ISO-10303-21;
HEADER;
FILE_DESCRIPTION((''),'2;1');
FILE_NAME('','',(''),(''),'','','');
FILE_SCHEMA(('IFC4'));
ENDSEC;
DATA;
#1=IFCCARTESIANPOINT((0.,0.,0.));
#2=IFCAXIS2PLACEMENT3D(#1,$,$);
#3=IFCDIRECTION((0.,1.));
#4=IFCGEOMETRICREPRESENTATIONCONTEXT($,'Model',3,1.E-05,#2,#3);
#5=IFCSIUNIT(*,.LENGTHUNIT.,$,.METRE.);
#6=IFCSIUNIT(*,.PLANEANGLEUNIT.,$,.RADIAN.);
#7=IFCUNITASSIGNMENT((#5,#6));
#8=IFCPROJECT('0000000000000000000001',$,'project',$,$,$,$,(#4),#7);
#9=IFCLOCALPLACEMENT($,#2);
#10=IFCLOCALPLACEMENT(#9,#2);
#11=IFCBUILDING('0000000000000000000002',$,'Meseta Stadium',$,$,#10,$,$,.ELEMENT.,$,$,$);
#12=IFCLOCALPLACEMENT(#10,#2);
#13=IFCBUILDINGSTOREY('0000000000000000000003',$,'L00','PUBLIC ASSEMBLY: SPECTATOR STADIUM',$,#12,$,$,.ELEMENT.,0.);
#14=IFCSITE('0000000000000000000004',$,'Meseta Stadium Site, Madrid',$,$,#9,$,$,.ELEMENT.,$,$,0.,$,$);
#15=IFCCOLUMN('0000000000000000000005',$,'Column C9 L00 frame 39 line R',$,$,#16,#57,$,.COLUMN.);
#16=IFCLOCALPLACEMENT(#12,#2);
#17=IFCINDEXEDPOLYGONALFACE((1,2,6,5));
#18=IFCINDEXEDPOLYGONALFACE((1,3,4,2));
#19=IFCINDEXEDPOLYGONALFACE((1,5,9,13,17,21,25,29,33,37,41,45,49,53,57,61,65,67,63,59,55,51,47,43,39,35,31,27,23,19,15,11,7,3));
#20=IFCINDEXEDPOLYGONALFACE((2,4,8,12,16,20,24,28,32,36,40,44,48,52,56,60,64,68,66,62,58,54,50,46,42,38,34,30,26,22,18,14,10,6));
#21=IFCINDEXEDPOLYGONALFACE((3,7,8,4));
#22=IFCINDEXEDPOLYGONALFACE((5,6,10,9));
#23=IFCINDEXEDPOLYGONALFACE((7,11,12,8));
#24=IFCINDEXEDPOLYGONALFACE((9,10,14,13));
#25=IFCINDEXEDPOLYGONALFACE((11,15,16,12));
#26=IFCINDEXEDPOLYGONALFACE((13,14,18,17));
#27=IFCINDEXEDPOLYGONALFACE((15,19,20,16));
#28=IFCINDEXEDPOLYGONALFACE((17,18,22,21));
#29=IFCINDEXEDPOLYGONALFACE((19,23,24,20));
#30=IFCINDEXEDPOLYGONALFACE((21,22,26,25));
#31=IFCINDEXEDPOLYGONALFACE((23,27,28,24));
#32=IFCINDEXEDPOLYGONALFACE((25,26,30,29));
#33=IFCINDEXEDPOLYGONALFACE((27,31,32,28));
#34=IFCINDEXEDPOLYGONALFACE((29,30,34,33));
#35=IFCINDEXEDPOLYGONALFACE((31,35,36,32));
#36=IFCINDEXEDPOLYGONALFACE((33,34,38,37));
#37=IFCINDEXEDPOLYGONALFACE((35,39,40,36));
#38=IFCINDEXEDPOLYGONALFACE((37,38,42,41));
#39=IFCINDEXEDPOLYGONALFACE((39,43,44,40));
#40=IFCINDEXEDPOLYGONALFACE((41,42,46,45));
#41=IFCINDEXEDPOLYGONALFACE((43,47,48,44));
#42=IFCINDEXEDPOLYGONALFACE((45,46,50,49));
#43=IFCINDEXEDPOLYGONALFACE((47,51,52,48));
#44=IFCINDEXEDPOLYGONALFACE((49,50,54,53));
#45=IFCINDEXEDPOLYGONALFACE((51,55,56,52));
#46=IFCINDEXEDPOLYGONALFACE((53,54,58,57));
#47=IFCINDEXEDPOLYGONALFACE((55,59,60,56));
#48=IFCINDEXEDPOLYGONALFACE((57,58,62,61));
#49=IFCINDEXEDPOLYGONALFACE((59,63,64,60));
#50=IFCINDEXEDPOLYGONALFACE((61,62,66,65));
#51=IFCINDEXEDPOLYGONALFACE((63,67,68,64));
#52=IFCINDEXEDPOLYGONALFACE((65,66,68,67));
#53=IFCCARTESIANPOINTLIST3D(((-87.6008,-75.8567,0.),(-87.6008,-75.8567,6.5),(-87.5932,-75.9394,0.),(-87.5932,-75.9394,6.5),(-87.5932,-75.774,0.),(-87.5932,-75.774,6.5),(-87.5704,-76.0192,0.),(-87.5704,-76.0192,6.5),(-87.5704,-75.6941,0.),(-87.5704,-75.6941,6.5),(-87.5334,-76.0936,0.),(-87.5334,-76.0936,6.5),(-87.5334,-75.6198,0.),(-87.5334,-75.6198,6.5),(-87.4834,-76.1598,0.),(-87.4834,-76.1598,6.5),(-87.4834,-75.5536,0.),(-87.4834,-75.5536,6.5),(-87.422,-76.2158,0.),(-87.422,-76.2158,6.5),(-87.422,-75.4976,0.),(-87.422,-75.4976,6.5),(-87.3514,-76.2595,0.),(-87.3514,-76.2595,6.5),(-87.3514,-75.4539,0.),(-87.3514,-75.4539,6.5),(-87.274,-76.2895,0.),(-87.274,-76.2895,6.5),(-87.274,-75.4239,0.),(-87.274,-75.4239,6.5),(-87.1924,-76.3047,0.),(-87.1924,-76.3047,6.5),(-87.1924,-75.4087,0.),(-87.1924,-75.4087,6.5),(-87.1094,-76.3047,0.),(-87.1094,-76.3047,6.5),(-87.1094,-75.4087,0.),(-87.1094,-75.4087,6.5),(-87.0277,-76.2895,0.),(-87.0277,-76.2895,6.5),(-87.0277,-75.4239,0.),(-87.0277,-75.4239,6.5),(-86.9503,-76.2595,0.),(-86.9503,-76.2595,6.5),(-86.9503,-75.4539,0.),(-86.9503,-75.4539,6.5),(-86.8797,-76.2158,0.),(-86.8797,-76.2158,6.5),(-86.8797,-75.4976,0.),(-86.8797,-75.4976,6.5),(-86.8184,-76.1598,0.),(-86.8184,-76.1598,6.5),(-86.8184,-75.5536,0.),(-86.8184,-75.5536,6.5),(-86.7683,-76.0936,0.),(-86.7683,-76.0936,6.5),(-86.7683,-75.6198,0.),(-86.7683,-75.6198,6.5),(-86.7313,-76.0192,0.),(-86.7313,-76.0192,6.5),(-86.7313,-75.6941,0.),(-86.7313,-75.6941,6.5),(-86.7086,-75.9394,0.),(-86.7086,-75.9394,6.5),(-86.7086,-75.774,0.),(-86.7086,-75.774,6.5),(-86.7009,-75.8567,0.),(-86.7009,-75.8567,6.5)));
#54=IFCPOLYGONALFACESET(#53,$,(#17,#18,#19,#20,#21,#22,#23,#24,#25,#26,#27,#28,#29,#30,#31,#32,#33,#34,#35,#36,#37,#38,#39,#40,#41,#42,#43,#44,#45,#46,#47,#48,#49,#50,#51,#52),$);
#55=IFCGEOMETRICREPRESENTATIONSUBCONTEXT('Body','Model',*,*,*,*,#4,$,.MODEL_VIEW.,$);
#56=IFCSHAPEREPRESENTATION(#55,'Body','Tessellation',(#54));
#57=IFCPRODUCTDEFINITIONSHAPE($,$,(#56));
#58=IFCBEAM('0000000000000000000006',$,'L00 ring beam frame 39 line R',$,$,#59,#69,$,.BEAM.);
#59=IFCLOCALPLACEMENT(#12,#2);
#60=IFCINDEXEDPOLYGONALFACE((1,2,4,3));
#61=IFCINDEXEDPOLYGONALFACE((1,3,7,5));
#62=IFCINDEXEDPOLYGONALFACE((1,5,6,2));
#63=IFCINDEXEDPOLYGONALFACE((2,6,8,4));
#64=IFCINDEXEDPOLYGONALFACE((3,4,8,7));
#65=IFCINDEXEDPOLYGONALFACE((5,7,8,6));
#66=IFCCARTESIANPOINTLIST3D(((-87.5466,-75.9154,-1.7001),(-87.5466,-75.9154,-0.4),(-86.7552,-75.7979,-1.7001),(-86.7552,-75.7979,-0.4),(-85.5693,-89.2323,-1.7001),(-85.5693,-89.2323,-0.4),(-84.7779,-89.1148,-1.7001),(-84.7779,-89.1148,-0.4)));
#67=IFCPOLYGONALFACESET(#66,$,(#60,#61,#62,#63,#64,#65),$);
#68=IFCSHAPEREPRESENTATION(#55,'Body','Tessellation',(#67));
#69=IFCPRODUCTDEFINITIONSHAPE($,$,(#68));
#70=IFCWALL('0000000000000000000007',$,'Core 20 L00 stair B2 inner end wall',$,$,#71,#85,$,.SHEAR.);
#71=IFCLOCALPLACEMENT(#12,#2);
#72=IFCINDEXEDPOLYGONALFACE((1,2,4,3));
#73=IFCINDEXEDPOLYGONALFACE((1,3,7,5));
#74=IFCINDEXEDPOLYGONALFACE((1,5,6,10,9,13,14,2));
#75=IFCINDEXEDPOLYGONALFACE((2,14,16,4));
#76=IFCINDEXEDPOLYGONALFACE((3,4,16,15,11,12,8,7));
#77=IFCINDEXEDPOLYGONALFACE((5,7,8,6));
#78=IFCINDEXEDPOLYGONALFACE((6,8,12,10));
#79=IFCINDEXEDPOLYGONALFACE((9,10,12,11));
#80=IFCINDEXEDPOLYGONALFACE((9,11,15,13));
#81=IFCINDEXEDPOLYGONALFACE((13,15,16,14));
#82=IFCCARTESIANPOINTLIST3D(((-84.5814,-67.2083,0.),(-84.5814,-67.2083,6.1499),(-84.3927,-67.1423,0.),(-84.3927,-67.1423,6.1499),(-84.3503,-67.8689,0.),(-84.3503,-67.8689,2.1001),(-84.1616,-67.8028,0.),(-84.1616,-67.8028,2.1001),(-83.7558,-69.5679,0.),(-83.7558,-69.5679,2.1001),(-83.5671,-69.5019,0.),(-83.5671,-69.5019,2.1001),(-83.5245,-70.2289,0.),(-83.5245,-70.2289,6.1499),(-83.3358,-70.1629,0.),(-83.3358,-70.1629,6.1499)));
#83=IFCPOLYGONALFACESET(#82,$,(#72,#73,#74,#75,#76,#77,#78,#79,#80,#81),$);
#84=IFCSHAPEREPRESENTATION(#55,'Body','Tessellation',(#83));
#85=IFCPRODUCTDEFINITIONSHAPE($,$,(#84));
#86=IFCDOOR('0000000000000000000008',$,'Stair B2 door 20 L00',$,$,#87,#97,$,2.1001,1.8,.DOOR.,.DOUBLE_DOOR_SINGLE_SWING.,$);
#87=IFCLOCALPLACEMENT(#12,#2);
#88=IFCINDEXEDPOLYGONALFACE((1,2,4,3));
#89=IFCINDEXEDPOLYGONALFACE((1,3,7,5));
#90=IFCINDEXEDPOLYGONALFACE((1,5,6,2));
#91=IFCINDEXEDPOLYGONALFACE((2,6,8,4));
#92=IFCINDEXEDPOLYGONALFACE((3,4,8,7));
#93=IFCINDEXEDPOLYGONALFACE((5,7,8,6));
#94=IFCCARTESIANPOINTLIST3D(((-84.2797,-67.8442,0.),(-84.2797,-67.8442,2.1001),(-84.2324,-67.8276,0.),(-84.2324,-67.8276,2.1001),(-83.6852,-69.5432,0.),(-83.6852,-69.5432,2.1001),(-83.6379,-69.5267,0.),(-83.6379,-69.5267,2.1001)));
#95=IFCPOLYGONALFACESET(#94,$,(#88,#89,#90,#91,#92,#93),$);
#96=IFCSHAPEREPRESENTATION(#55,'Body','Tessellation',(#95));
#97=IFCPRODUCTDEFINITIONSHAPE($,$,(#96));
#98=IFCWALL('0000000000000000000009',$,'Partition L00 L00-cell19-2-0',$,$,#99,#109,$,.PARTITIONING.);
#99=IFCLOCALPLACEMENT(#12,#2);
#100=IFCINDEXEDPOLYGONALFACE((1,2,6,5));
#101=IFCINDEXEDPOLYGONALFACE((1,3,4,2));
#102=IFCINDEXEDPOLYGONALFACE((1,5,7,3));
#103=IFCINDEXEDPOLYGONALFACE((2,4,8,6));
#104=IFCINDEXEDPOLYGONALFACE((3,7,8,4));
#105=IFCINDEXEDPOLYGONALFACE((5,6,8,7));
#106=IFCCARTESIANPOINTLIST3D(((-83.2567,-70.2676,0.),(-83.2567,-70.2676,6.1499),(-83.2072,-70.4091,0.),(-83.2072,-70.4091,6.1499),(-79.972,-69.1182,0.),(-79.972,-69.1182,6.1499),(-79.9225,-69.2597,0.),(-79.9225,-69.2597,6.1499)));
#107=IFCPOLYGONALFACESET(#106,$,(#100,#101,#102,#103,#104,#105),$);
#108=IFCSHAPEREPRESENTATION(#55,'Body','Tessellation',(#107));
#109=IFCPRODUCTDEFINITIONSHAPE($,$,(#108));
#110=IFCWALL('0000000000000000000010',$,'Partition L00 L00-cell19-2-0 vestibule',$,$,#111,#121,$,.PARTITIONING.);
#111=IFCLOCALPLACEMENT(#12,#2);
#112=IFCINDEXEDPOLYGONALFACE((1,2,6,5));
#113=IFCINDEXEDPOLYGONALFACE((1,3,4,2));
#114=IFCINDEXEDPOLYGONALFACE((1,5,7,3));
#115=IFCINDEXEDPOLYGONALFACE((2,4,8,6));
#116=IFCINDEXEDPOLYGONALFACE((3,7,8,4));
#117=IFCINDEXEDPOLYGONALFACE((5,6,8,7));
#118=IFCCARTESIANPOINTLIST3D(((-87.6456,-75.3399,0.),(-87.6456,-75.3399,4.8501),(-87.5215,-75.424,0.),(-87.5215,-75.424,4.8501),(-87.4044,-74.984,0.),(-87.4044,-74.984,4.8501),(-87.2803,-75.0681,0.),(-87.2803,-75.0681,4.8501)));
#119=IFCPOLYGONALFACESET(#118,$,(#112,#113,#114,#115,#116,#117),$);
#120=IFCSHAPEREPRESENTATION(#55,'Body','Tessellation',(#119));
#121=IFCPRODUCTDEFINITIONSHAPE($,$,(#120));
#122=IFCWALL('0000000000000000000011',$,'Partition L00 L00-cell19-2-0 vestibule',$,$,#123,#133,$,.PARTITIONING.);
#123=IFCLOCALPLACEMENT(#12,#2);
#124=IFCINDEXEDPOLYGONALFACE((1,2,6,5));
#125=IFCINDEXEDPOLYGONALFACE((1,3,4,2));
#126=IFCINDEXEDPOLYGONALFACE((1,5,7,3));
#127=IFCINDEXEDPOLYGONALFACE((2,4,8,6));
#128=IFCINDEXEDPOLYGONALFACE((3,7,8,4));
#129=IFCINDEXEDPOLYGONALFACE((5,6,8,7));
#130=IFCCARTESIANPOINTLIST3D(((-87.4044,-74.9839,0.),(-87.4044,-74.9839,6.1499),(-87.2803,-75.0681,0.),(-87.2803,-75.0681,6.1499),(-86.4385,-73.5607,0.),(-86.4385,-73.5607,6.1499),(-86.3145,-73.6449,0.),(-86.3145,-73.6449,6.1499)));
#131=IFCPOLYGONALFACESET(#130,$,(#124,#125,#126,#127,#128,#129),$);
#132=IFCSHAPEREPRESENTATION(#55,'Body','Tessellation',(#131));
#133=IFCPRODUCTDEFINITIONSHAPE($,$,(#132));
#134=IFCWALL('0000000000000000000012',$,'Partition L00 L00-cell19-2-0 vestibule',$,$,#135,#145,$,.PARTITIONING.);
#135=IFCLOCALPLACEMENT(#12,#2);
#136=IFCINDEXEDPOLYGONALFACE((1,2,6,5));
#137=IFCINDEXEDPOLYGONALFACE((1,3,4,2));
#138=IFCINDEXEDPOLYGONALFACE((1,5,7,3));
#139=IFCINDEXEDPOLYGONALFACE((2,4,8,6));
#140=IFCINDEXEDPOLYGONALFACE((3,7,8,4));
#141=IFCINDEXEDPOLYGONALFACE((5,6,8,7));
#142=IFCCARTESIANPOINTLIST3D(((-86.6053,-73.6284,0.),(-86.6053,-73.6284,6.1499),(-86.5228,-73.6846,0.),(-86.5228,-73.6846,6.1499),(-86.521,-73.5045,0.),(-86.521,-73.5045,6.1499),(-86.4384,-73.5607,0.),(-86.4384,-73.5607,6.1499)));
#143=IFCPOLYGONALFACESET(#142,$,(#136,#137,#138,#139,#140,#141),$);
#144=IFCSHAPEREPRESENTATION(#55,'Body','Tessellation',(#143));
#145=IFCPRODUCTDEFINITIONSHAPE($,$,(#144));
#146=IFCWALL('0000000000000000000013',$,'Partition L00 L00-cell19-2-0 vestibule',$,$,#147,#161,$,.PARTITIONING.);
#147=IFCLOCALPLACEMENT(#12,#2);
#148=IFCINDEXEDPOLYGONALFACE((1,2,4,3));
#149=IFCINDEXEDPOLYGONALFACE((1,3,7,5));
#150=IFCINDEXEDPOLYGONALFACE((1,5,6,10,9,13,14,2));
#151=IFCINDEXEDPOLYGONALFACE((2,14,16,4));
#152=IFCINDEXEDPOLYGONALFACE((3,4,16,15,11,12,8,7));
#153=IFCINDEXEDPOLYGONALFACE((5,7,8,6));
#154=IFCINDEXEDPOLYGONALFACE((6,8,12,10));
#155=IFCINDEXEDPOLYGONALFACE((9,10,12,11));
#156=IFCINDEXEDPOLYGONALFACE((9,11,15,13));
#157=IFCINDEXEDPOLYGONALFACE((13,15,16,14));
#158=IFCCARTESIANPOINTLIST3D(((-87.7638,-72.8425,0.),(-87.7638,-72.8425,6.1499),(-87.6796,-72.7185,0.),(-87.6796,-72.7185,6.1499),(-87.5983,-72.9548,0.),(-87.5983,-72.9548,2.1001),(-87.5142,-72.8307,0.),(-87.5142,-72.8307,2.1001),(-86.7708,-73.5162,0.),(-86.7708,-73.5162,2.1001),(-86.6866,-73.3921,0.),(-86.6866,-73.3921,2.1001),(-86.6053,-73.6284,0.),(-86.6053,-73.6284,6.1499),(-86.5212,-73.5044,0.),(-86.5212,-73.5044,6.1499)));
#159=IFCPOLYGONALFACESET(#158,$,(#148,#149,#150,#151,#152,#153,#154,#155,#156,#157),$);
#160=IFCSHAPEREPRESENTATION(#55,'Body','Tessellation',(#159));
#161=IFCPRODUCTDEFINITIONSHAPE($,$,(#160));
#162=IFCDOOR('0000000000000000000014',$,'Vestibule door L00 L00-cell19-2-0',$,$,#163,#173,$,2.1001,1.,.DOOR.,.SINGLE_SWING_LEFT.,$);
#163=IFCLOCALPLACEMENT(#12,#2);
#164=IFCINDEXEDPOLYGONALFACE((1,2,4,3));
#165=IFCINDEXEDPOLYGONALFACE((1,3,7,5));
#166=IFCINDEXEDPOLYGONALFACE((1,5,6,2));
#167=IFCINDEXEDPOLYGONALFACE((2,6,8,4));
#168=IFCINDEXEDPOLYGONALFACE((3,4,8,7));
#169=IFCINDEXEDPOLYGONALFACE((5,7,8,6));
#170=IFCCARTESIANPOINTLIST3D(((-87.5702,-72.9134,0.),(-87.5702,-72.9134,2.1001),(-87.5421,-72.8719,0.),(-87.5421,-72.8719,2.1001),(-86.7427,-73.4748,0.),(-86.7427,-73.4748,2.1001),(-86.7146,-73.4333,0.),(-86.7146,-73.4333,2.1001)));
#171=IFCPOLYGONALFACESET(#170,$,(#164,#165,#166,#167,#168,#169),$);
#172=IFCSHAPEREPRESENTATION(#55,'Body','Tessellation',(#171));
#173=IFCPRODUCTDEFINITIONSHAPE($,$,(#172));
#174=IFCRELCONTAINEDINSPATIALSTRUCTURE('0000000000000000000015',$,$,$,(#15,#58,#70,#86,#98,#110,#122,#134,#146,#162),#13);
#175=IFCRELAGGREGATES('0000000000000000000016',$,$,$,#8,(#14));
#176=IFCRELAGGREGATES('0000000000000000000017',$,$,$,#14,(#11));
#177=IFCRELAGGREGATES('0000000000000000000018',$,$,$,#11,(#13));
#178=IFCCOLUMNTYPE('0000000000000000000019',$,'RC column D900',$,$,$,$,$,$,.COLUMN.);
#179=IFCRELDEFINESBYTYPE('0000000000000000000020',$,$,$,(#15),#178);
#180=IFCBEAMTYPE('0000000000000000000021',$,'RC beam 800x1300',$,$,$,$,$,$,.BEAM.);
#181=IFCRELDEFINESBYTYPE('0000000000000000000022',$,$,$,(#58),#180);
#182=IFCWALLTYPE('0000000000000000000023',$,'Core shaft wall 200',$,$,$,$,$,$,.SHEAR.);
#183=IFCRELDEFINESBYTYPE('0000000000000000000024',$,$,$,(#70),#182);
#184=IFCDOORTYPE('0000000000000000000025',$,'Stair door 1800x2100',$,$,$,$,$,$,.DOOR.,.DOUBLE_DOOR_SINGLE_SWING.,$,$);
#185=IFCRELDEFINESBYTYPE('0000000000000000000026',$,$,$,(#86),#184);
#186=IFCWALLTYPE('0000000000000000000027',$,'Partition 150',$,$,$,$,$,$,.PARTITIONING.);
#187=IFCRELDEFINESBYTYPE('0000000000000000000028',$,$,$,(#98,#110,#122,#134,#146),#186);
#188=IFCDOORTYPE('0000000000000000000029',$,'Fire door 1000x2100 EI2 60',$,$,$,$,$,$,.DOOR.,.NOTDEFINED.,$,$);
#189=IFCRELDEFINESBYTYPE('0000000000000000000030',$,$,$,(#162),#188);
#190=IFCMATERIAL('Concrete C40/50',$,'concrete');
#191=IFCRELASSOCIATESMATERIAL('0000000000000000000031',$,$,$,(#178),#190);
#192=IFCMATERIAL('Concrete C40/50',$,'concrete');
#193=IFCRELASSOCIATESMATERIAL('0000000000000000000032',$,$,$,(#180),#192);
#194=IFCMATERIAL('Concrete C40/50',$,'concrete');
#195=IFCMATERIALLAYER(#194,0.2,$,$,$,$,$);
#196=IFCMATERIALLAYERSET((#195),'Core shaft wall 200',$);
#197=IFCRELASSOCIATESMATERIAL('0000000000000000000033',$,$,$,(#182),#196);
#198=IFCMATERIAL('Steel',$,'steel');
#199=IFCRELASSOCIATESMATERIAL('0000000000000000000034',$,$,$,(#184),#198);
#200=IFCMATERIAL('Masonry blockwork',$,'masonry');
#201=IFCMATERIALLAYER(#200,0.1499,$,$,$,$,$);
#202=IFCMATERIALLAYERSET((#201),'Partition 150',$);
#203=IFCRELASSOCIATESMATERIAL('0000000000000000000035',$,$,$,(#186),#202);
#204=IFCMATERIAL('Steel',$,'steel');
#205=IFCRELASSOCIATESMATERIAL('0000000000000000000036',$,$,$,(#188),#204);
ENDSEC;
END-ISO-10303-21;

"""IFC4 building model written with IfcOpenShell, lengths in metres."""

from ifc_helpers import new_model, si_unit, direction, frame, frame_2d, origin, origin_2d, place, context, subcontext, project, spatial, rectangle, circle, extrude, material, layer, layer_set, material_profile, profile_set, type_object, element, fill, save


model = new_model("IFC4")

# Units and contexts
model_context = context("Model", 3, precision=1e-05, world=origin(), true_north=direction((0.0, 1.0)))
body_context = subcontext(model_context, "Body", "Model", "MODEL_VIEW")
ifc_project = project(units=[si_unit("LENGTHUNIT", "METRE"), si_unit("PLANEANGLEUNIT", "RADIAN")], contexts=[model_context])

# Site, building, storey
site_placement = place(None, origin())
site = spatial("IfcSite", under=ifc_project, at=site_placement, Name="Meseta Stadium Site, Madrid", CompositionType="ELEMENT", RefElevation=0.0)
building_placement = place(site_placement, origin())
building = spatial("IfcBuilding", under=site, at=building_placement, Name="Meseta Stadium", CompositionType="ELEMENT")
storey_placement = place(building_placement, origin())
storey = spatial("IfcBuildingStorey", under=building, at=storey_placement, Name="L00", Description="PUBLIC ASSEMBLY: SPECTATOR STADIUM", CompositionType="ELEMENT", Elevation=0.0)

# Column
ifc_material_1 = material(Name="Concrete C40/50", Category="concrete")
ifc_material_profile_1 = material_profile(ifc_material_1, circle(Radius=0.45, at=origin_2d()), Name="RC D900")
ifc_profile_set_1 = profile_set([ifc_material_profile_1], Name="Concrete C40/50")
column_type = type_object("IfcColumnType", Name="RC column D900", PredefinedType="COLUMN", material=ifc_profile_set_1)
column_placement = place(storey_placement, frame((-87.1509, -75.8567, 0.0), z_axis=(0.0, 0.0, 1.0), x_axis=(1.0, 0.0, 0.0)))
element("IfcColumn", 1, at=column_placement, inside=storey, type_object=column_type, Name="Column C9 L00 frame 39 line R", PredefinedType="COLUMN", context=body_context, shape_type="SweptSolid", body=[
    extrude(circle(Radius=0.45, at=origin_2d()), origin(), (0.0, 0.0, 1.0), 6.5),
])

# Beam
ifc_material_2 = material(Name="Concrete C40/50", Category="concrete")
ifc_material_profile_2 = material_profile(ifc_material_2, rectangle(XDim=0.8, YDim=1.3, at=origin_2d()), Name="RC 800x1300")
ifc_profile_set_2 = profile_set([ifc_material_profile_2], Name="Concrete C40/50")
beam_type = type_object("IfcBeamType", Name="RC beam 800x1300", PredefinedType="BEAM", material=ifc_profile_set_2)
beam_placement = place(storey_placement, frame((-87.1509, -75.8567, -1.05), z_axis=(0.14687, -0.989156, 0.0), x_axis=(0.989156, 0.14687, 0.0)))
element("IfcBeam", 2, at=beam_placement, inside=storey, type_object=beam_type, Name="L00 ring beam frame 39 line R", PredefinedType="BEAM", context=body_context, shape_type="SweptSolid", body=[
    extrude(rectangle(XDim=0.8, YDim=1.3, at=origin_2d()), origin(), (0.0, 0.0, 1.0), 13.4629),
])

# Wall, opening, door
ifc_material_3 = material(Name="Concrete C40/50", Category="concrete")
ifc_layer_1 = layer(ifc_material_3, 0.2)
ifc_layer_set_1 = layer_set([ifc_layer_1], Name="Core shaft wall 200")
wall_type_1 = type_object("IfcWallType", Name="Core shaft wall 200", PredefinedType="SHEAR", material=ifc_layer_set_1)
wall_1_placement = place(storey_placement, frame((-84.4871, -67.1753, 0.0), z_axis=(0.0, 0.0, 1.0), x_axis=(0.330269, -0.943887, 0.0)))
wall_1 = element("IfcWall", 3, at=wall_1_placement, inside=storey, type_object=wall_type_1, Name="Core 20 L00 stair B2 inner end wall", PredefinedType="SHEAR", context=body_context, shape_type="SweptSolid", body=[
    extrude(rectangle(XDim=3.2002, YDim=0.2, at=frame_2d((1.6001, 0.0))), origin(), (0.0, 0.0, 1.0), 6.1499),
])
opening_1_placement = place(wall_1_placement, frame((0.7, 0.0, 0.0)))
opening_1 = element("IfcOpeningElement", 4, at=opening_1_placement, cuts=wall_1, PredefinedType="OPENING", context=body_context, shape_type="SweptSolid", body=[
    extrude(rectangle(XDim=1.8, YDim=2.1001, at=frame_2d((0.8999, 1.05))), frame((0.0, 0.1099, 0.0), z_axis=(0.0, -1.0, 0.0), x_axis=(1.0, 0.0, 0.0)), (0.0, 0.0, 1.0), 0.22),
])
ifc_material_4 = material(Name="Steel", Category="steel")
door_type_1 = type_object("IfcDoorType", Name="Stair door 1800x2100", OperationType="DOUBLE_DOOR_SINGLE_SWING", PredefinedType="DOOR", material=ifc_material_4)
door_1_placement = place(opening_1_placement, origin())
door_1 = element("IfcDoor", 5, at=door_1_placement, inside=storey, type_object=door_type_1, Name="Stair B2 door 20 L00", OperationType="DOUBLE_DOOR_SINGLE_SWING", OverallHeight=2.1001, OverallWidth=1.8, PredefinedType="DOOR", context=body_context, shape_type="SweptSolid", body=[
    extrude(rectangle(XDim=1.8, YDim=2.1001, at=frame_2d((0.8999, 1.05))), frame((0.0, 0.0249, 0.0), z_axis=(0.0, -1.0, 0.0), x_axis=(1.0, 0.0, 0.0)), (0.0, 0.0, 1.0), 0.05),
])
fill(opening_1, door_1)

# Walls
ifc_material_5 = material(Name="Masonry blockwork", Category="masonry")
ifc_layer_2 = layer(ifc_material_5, 0.1499)
ifc_layer_set_2 = layer_set([ifc_layer_2], Name="Partition 150")
wall_type_2 = type_object("IfcWallType", Name="Partition 150", PredefinedType="PARTITIONING", material=ifc_layer_set_2)
wall_2_placement = place(storey_placement, frame((-83.2319, -70.3384, 0.0), z_axis=(0.0, 0.0, 1.0), x_axis=(0.943878, 0.330294, 0.0)))
element("IfcWall", 6, at=wall_2_placement, inside=storey, type_object=wall_type_2, Name="Partition L00 L00-cell19-2-0", PredefinedType="PARTITIONING", context=body_context, shape_type="SweptSolid", body=[
    extrude(rectangle(XDim=3.48, YDim=0.1499, at=frame_2d((1.74, 0.0))), origin(), (0.0, 0.0, 1.0), 6.1499),
])
wall_3_placement = place(storey_placement, frame((-87.5835, -75.3818, 0.0), z_axis=(0.0, 0.0, 1.0), x_axis=(0.560974, 0.827834, 0.0)))
element("IfcWall", 7, at=wall_3_placement, inside=storey, type_object=wall_type_2, Name="Partition L00 L00-cell19-2-0 vestibule", PredefinedType="PARTITIONING", context=body_context, shape_type="SweptSolid", body=[
    extrude(rectangle(XDim=0.4299, YDim=0.1499, at=frame_2d((0.2148, 0.0))), origin(), (0.0, 0.0, 1.0), 4.8501),
])
wall_4_placement = place(storey_placement, frame((-87.3423, -75.0259, 0.0), z_axis=(0.0, 0.0, 1.0), x_axis=(0.56156, 0.827436, 0.0)))
element("IfcWall", 8, at=wall_4_placement, inside=storey, type_object=wall_type_2, Name="Partition L00 L00-cell19-2-0 vestibule", PredefinedType="PARTITIONING", context=body_context, shape_type="SweptSolid", body=[
    extrude(rectangle(XDim=1.72, YDim=0.1499, at=frame_2d((0.8599, 0.0))), origin(), (0.0, 0.0, 1.0), 6.1499),
])
wall_5_placement = place(storey_placement, frame((-86.4807, -73.6226, 0.0), z_axis=(0.0, 0.0, 1.0), x_axis=(-0.826744, 0.562578, 0.0)))
element("IfcWall", 9, at=wall_5_placement, inside=storey, type_object=wall_type_2, Name="Partition L00 L00-cell19-2-0 vestibule", PredefinedType="PARTITIONING", context=body_context, shape_type="SweptSolid", body=[
    extrude(rectangle(XDim=0.0999, YDim=0.1499, at=frame_2d((0.0498, 0.0))), origin(), (0.0, 0.0, 1.0), 6.1499),
])

# Wall, opening, door
wall_6_placement = place(storey_placement, frame((-86.5632, -73.5664, 0.0), z_axis=(0.0, 0.0, 1.0), x_axis=(-0.827542, 0.561403, 0.0)))
wall_6 = element("IfcWall", 10, at=wall_6_placement, inside=storey, type_object=wall_type_2, Name="Partition L00 L00-cell19-2-0 vestibule", PredefinedType="PARTITIONING", context=body_context, shape_type="SweptSolid", body=[
    extrude(rectangle(XDim=1.3999, YDim=0.1499, at=frame_2d((0.7, 0.0))), origin(), (0.0, 0.0, 1.0), 6.1499),
])
opening_2_placement = place(wall_6_placement, frame((0.2, 0.0, 0.0)))
opening_2 = element("IfcOpeningElement", 11, at=opening_2_placement, cuts=wall_6, PredefinedType="OPENING", context=body_context, shape_type="SweptSolid", body=[
    extrude(rectangle(XDim=1.0, YDim=2.1001, at=frame_2d((0.5, 1.05))), frame((0.0, 0.085, 0.0), z_axis=(0.0, -1.0, 0.0), x_axis=(1.0, 0.0, 0.0)), (0.0, 0.0, 1.0), 0.1699),
])
ifc_material_6 = material(Name="Steel", Category="steel")
door_type_2 = type_object("IfcDoorType", Name="Fire door 1000x2100 EI2 60", OperationType="NOTDEFINED", PredefinedType="DOOR", material=ifc_material_6)
door_2_placement = place(opening_2_placement, origin())
door_2 = element("IfcDoor", 12, at=door_2_placement, inside=storey, type_object=door_type_2, Name="Vestibule door L00 L00-cell19-2-0", OperationType="SINGLE_SWING_LEFT", OverallHeight=2.1001, OverallWidth=1.0, PredefinedType="DOOR", context=body_context, shape_type="SweptSolid", body=[
    extrude(rectangle(XDim=1.0, YDim=2.1001, at=frame_2d((0.5, 1.05))), frame((0.0, 0.0249, 0.0), z_axis=(0.0, -1.0, 0.0), x_axis=(1.0, 0.0, 0.0)), (0.0, 0.0, 1.0), 0.05),
])
fill(opening_2, door_2)

save(model, "model.ifc")
